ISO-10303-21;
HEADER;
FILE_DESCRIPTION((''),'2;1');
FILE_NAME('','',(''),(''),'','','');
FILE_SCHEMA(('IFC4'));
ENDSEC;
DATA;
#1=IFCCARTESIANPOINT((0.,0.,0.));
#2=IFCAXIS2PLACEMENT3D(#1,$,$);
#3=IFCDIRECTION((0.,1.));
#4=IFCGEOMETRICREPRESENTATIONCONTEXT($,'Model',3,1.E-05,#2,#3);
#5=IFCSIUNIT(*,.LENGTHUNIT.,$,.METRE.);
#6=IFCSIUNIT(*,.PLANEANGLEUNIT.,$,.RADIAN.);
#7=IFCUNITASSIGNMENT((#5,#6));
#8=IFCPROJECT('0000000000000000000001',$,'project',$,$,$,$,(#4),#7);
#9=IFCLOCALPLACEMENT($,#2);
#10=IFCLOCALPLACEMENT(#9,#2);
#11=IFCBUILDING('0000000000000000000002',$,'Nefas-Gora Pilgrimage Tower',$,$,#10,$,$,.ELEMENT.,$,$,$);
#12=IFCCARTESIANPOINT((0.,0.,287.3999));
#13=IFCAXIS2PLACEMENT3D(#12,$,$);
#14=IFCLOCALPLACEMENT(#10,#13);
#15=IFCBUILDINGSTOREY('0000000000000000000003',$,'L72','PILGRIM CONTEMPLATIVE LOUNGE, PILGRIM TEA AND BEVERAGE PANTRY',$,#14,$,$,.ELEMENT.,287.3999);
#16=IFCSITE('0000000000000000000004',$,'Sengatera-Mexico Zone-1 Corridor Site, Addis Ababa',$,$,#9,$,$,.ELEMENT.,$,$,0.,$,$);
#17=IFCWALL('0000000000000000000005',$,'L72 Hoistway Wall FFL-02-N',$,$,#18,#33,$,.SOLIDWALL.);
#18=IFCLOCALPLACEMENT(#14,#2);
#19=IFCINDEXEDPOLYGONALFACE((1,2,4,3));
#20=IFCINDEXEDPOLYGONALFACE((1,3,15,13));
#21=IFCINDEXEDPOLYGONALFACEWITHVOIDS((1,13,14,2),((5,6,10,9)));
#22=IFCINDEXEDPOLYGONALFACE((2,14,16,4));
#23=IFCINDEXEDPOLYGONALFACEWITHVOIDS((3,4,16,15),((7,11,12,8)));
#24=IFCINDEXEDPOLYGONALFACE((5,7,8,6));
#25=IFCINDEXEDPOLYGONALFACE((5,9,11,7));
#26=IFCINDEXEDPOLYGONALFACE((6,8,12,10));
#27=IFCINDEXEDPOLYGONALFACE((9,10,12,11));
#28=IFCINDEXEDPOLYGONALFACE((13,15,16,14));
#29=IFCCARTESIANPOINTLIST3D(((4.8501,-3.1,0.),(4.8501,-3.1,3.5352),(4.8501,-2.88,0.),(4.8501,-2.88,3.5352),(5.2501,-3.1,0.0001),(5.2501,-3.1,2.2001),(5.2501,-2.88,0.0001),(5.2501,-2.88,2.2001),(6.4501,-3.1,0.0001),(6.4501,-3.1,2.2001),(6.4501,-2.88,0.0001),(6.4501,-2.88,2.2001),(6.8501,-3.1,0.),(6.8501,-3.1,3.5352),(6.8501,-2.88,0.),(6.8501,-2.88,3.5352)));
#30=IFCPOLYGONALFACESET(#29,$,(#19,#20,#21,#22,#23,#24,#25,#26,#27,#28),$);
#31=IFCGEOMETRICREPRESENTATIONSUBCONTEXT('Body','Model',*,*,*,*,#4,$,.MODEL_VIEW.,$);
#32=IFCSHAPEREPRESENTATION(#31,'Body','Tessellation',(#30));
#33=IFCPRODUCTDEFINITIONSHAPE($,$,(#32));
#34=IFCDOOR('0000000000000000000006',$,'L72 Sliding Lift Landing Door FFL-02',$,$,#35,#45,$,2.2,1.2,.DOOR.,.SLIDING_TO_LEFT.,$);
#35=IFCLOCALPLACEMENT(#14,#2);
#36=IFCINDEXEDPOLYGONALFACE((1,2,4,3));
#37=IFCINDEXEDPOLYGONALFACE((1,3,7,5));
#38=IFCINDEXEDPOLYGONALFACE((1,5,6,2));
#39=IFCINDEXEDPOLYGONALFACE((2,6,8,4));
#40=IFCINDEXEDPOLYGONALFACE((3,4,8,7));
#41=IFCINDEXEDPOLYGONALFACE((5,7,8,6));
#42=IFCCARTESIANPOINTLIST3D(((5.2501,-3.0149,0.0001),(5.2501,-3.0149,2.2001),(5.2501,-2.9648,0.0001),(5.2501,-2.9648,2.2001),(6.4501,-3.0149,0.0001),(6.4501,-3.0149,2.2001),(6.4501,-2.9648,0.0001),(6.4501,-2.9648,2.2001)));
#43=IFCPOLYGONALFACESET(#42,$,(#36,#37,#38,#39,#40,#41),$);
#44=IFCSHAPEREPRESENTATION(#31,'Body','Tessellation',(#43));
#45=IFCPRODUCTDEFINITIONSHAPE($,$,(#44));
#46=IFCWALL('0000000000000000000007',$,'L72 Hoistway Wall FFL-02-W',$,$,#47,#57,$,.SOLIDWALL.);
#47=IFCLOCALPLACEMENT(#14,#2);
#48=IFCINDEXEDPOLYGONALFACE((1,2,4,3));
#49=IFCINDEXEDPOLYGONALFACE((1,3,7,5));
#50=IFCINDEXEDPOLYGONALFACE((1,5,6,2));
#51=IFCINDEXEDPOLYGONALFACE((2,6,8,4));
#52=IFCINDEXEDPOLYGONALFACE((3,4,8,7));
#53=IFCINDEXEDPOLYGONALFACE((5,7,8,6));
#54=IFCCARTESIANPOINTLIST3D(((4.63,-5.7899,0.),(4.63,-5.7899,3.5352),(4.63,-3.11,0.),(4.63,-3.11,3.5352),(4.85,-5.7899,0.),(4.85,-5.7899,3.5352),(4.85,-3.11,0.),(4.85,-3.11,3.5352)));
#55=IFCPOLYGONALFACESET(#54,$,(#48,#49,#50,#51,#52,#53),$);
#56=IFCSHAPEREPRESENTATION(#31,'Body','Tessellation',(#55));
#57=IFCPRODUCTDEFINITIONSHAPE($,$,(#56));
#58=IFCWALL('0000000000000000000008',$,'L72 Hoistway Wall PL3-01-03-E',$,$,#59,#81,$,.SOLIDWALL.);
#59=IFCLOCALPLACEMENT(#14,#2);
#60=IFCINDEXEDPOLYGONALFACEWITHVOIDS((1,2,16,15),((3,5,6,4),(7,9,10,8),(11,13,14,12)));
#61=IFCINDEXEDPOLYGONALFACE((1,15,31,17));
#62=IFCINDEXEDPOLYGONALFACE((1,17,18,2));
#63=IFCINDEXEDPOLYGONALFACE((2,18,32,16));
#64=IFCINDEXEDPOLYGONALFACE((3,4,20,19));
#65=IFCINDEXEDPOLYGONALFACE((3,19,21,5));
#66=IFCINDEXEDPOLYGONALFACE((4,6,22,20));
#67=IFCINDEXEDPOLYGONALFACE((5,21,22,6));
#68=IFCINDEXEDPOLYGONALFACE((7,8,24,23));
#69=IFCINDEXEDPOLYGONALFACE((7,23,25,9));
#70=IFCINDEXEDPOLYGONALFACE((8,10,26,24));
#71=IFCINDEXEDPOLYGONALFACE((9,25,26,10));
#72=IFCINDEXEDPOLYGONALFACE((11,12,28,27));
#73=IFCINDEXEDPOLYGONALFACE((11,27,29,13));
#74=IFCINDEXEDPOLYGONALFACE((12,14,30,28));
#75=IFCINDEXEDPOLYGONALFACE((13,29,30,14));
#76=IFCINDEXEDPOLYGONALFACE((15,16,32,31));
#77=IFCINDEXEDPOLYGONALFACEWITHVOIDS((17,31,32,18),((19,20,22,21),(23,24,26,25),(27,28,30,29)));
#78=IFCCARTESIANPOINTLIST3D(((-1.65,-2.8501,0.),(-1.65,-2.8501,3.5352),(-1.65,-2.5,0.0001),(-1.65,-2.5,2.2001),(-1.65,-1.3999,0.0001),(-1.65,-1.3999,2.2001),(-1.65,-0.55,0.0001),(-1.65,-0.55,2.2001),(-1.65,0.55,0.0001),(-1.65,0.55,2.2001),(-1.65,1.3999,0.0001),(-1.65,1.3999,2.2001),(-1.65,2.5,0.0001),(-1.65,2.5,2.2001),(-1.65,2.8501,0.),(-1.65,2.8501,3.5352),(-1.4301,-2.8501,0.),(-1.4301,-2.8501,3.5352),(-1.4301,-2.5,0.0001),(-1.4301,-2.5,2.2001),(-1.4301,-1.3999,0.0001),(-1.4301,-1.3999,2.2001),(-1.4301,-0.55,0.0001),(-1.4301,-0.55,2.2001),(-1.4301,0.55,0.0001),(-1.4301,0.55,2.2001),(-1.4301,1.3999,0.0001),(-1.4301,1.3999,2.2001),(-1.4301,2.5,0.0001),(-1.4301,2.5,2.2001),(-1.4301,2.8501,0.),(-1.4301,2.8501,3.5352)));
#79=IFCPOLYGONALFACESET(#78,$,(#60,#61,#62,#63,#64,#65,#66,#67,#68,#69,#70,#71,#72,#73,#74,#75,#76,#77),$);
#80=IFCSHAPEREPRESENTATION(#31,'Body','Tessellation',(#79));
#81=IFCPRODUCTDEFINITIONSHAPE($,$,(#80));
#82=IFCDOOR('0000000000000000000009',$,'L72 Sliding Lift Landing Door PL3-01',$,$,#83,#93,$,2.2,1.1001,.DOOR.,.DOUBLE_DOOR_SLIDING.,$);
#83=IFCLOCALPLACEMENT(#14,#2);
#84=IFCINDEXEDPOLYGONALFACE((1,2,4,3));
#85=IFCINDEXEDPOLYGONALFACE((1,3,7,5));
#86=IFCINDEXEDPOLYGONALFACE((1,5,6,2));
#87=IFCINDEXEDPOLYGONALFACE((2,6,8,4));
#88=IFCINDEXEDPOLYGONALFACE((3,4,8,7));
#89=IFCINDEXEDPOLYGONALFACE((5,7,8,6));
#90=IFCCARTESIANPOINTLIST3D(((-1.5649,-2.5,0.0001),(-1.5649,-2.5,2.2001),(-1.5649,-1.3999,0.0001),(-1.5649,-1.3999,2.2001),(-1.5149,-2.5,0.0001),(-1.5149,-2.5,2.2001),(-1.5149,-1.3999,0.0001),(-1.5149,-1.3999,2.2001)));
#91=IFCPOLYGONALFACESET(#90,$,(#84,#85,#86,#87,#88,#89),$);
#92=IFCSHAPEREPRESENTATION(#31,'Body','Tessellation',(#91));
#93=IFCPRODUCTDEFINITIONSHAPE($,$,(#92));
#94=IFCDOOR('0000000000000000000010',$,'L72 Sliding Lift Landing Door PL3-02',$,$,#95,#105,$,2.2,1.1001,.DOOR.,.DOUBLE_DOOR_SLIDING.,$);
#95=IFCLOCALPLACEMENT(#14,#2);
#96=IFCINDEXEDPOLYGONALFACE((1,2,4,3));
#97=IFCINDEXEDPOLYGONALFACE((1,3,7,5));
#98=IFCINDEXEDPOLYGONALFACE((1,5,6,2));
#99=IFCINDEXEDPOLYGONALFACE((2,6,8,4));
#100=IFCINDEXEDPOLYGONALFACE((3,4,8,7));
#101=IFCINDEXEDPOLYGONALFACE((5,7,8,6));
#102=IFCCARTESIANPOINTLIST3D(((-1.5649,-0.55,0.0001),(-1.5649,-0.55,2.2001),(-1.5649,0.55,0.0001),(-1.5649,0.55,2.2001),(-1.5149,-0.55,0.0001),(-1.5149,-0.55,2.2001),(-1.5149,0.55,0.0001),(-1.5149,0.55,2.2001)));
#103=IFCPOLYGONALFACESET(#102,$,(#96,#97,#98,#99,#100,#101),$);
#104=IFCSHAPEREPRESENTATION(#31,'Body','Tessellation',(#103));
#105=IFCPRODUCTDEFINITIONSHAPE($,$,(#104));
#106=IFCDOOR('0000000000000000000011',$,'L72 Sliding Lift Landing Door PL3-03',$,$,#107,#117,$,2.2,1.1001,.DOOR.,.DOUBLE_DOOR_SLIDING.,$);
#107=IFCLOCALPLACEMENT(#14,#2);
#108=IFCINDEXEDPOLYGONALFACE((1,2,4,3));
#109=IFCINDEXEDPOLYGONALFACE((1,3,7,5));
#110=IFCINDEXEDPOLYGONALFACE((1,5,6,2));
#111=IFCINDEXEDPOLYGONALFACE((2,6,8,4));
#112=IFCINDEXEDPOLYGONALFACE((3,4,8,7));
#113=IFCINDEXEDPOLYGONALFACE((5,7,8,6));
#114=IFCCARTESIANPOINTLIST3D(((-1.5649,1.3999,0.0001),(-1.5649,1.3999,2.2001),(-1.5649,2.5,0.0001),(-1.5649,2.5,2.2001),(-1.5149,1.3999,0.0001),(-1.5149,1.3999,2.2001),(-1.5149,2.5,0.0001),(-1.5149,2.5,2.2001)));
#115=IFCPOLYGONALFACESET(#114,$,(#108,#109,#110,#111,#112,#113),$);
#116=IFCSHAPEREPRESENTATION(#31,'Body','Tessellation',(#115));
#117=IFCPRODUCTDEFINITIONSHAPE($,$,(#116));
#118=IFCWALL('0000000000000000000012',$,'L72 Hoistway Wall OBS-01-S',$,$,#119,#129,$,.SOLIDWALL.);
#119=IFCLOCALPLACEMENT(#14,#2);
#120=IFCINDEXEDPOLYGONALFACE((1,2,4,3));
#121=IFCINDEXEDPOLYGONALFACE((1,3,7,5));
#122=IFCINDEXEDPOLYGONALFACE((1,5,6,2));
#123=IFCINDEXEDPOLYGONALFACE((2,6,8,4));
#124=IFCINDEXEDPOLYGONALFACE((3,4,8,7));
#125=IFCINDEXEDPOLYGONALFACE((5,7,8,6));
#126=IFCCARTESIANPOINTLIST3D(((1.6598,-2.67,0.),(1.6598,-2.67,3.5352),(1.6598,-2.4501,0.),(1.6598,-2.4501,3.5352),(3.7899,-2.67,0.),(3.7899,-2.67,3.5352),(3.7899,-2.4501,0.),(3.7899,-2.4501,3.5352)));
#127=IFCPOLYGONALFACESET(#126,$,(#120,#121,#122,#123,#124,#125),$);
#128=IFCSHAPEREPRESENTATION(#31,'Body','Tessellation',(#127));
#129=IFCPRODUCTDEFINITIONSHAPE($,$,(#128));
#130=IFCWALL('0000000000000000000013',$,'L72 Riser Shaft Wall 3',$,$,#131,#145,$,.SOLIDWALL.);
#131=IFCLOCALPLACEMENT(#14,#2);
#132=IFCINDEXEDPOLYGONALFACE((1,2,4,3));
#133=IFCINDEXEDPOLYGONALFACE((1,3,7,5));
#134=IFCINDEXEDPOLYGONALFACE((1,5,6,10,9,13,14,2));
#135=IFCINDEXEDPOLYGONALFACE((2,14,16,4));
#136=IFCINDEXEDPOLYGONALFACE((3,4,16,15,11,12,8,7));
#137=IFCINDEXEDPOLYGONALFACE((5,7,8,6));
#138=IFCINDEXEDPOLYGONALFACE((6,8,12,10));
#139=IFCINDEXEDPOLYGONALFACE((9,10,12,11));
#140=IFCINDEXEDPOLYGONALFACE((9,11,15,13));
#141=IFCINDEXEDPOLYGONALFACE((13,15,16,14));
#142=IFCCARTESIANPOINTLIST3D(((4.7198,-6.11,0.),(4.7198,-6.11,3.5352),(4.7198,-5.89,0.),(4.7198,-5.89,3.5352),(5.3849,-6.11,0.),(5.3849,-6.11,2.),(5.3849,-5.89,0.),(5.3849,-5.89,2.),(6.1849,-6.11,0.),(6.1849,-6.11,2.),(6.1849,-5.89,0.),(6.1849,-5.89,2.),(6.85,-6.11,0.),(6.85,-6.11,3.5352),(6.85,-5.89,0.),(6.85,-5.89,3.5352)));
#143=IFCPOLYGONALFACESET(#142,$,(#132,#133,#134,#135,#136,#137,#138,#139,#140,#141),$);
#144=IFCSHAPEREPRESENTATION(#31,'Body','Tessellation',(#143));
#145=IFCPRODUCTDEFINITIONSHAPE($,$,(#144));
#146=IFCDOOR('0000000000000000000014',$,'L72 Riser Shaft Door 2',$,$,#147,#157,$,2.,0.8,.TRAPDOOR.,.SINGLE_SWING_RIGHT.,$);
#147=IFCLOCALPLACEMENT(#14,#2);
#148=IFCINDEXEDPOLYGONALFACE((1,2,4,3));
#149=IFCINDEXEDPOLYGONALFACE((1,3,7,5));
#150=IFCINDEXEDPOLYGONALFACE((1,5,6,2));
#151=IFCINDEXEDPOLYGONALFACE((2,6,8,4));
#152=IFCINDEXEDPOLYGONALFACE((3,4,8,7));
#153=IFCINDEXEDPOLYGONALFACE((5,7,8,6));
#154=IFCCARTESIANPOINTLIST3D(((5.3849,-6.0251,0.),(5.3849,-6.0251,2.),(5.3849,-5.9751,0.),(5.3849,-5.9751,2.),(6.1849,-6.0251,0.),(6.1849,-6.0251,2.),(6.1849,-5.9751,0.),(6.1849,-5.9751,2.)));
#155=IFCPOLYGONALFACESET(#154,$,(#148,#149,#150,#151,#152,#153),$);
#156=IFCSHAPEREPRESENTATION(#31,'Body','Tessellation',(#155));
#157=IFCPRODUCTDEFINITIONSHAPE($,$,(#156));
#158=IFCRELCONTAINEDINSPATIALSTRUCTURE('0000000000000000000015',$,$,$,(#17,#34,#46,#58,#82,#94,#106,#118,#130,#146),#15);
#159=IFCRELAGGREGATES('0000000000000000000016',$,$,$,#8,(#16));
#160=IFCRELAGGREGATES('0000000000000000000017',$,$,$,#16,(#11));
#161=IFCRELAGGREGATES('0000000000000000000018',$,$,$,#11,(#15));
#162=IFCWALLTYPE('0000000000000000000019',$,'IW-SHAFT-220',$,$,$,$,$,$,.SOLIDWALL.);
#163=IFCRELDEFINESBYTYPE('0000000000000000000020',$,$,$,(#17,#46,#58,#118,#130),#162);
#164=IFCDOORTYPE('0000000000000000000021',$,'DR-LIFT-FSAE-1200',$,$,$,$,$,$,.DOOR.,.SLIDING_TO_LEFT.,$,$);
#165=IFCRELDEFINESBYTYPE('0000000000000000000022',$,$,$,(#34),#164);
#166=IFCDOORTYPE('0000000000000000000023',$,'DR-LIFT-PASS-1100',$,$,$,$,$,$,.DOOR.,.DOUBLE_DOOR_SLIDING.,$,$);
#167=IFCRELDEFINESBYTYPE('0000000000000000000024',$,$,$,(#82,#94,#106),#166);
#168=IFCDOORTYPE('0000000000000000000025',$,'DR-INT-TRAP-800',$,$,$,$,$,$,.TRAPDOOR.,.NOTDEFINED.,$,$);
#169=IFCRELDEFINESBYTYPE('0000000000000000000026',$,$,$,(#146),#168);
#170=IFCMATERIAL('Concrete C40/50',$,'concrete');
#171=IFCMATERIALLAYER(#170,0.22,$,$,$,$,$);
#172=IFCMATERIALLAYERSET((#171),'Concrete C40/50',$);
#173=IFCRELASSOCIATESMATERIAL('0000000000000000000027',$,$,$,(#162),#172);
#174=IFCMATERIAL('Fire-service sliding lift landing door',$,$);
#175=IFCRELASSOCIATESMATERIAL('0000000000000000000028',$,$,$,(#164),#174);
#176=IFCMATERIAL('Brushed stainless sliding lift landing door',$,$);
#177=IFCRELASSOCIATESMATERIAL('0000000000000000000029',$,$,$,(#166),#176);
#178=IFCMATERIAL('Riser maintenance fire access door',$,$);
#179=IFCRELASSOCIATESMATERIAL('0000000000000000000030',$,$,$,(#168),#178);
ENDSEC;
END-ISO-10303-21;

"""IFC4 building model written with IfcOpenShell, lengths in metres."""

from ifc_helpers import new_model, si_unit, direction, frame, frame_2d, origin, place, context, subcontext, project, spatial, rectangle, extrude, source, transform, mapped, material, layer, layer_set, type_object, element, fill, save


model = new_model("IFC4")

# Units and contexts
model_context = context("Model", 3, precision=1e-05, world=origin(), true_north=direction((0.0, 1.0)))
body_context = subcontext(model_context, "Body", "Model", "MODEL_VIEW")
ifc_project = project(units=[si_unit("LENGTHUNIT", "METRE"), si_unit("PLANEANGLEUNIT", "RADIAN")], contexts=[model_context])

# Site, building, storey
site_placement = place(None, origin())
site = spatial("IfcSite", under=ifc_project, at=site_placement, Name="Sengatera-Mexico Zone-1 Corridor Site, Addis Ababa", CompositionType="ELEMENT", RefElevation=0.0)
building_placement = place(site_placement, origin())
building = spatial("IfcBuilding", under=site, at=building_placement, Name="Nefas-Gora Pilgrimage Tower", CompositionType="ELEMENT")
storey_placement = place(building_placement, frame((0.0, 0.0, 287.3999)))
storey = spatial("IfcBuildingStorey", under=building, at=storey_placement, Name="L72", Description="PILGRIM CONTEMPLATIVE LOUNGE, PILGRIM TEA AND BEVERAGE PANTRY", CompositionType="ELEMENT", Elevation=287.3999)

# Shared definitions
ifc_material_1 = material(Name="Concrete C40/50", Category="concrete")

# Wall, opening, door
ifc_layer_1 = layer(ifc_material_1, 0.22)
ifc_layer_set_1 = layer_set([ifc_layer_1], Name="Concrete C40/50")
wall_type_1 = type_object("IfcWallType", Name="IW-SHAFT-220", PredefinedType="SOLIDWALL", material=ifc_layer_set_1)
shared_shape_1 = source(origin(), body_context, "Body", "SweptSolid", [
    extrude(rectangle(XDim=2.0, YDim=0.22, at=frame_2d((1.0, 0.0))), origin(), (0.0, 0.0, 1.0), 3.5352),
])
wall_1_placement = place(storey_placement, frame((6.8501, -2.99, 0.0), z_axis=(0.0, 0.0, 1.0), x_axis=(-1.0, 0.0, 0.0)))
wall_1 = element("IfcWall", 1, at=wall_1_placement, inside=storey, type_object=wall_type_1, Name="L72 Hoistway Wall FFL-02-N", PredefinedType="SOLIDWALL", context=body_context, shape_type="MappedRepresentation", body=[
    mapped(shared_shape_1, transform((0.0, 0.0, 0.0), x_axis=(1.0, 0.0, 0.0), y_axis=(0.0, 1.0, 0.0), z_axis=(0.0, 0.0, 1.0), scale=1.0)),
])
opening_1_placement = place(wall_1_placement, frame((0.3999, 0.0, 0.0)))
opening_1 = element("IfcOpeningElement", 2, at=opening_1_placement, cuts=wall_1, PredefinedType="OPENING", context=body_context, shape_type="SweptSolid", body=[
    extrude(rectangle(XDim=1.2, YDim=2.2, at=frame_2d((0.6001, 1.1001))), frame((0.0, 0.1199, 0.0), z_axis=(0.0, -1.0, 0.0), x_axis=(1.0, 0.0, 0.0)), (0.0, 0.0, 1.0), 0.24),
])
ifc_material_2 = material(Name="Fire-service sliding lift landing door")
door_type_1 = type_object("IfcDoorType", Name="DR-LIFT-FSAE-1200", OperationType="SLIDING_TO_LEFT", PredefinedType="DOOR", material=ifc_material_2)
shared_shape_2 = source(origin(), body_context, "Body", "SweptSolid", [
    extrude(rectangle(XDim=1.2, YDim=2.2, at=frame_2d((0.6001, 1.1001))), frame((0.0, 0.0249, 0.0), z_axis=(0.0, -1.0, 0.0), x_axis=(1.0, 0.0, 0.0)), (0.0, 0.0, 1.0), 0.05),
])
door_1_placement = place(opening_1_placement, origin())
door_1 = element("IfcDoor", 3, at=door_1_placement, inside=storey, type_object=door_type_1, Name="L72 Sliding Lift Landing Door FFL-02", OperationType="SLIDING_TO_LEFT", OverallHeight=2.2, OverallWidth=1.2, PredefinedType="DOOR", context=body_context, shape_type="MappedRepresentation", body=[
    mapped(shared_shape_2, transform((0.0, 0.0, 0.0), x_axis=(1.0, 0.0, 0.0), y_axis=(0.0, 1.0, 0.0), z_axis=(0.0, 0.0, 1.0), scale=1.0)),
])
fill(opening_1, door_1)

# Wall
shared_shape_3 = source(origin(), body_context, "Body", "SweptSolid", [
    extrude(rectangle(XDim=2.6799, YDim=0.22, at=frame_2d((1.3398, 0.0))), origin(), (0.0, 0.0, 1.0), 3.5352),
])
wall_2_placement = place(storey_placement, frame((4.74, -3.1101, 0.0), z_axis=(0.0, 0.0, 1.0), x_axis=(0.0, -1.0, 0.0)))
element("IfcWall", 4, at=wall_2_placement, inside=storey, type_object=wall_type_1, Name="L72 Hoistway Wall FFL-02-W", PredefinedType="SOLIDWALL", context=body_context, shape_type="MappedRepresentation", body=[
    mapped(shared_shape_3, transform((0.0, 0.0, 0.0), x_axis=(1.0, 0.0, 0.0), y_axis=(0.0, 1.0, 0.0), z_axis=(0.0, 0.0, 1.0), scale=1.0)),
])

# Wall, openings, doors
shared_shape_4 = source(origin(), body_context, "Body", "SweptSolid", [
    extrude(rectangle(XDim=5.7002, YDim=0.22, at=frame_2d((2.8501, 0.0))), origin(), (0.0, 0.0, 1.0), 3.5352),
])
wall_3_placement = place(storey_placement, frame((-1.54, -2.8501, 0.0), z_axis=(0.0, 0.0, 1.0), x_axis=(0.0, 1.0, 0.0)))
wall_3 = element("IfcWall", 5, at=wall_3_placement, inside=storey, type_object=wall_type_1, Name="L72 Hoistway Wall PL3-01-03-E", PredefinedType="SOLIDWALL", context=body_context, shape_type="MappedRepresentation", body=[
    mapped(shared_shape_4, transform((0.0, 0.0, 0.0), x_axis=(1.0, 0.0, 0.0), y_axis=(0.0, 1.0, 0.0), z_axis=(0.0, 0.0, 1.0), scale=1.0)),
])
opening_2_placement = place(wall_3_placement, frame((0.3501, 0.0, 0.0)))
opening_2 = element("IfcOpeningElement", 6, at=opening_2_placement, cuts=wall_3, PredefinedType="OPENING", context=body_context, shape_type="SweptSolid", body=[
    extrude(rectangle(XDim=1.1001, YDim=2.2, at=frame_2d((0.55, 1.1001))), frame((0.0, 0.1199, 0.0), z_axis=(0.0, -1.0, 0.0), x_axis=(1.0, 0.0, 0.0)), (0.0, 0.0, 1.0), 0.24),
])
opening_3_placement = place(wall_3_placement, frame((2.3, 0.0, 0.0)))
opening_3 = element("IfcOpeningElement", 7, at=opening_3_placement, cuts=wall_3, PredefinedType="OPENING", context=body_context, shape_type="SweptSolid", body=[
    extrude(rectangle(XDim=1.1001, YDim=2.2, at=frame_2d((0.55, 1.1001))), frame((0.0, 0.1199, 0.0), z_axis=(0.0, -1.0, 0.0), x_axis=(1.0, 0.0, 0.0)), (0.0, 0.0, 1.0), 0.24),
])
opening_4_placement = place(wall_3_placement, frame((4.25, 0.0, 0.0)))
opening_4 = element("IfcOpeningElement", 8, at=opening_4_placement, cuts=wall_3, PredefinedType="OPENING", context=body_context, shape_type="SweptSolid", body=[
    extrude(rectangle(XDim=1.1001, YDim=2.2, at=frame_2d((0.55, 1.1001))), frame((0.0, 0.1199, 0.0), z_axis=(0.0, -1.0, 0.0), x_axis=(1.0, 0.0, 0.0)), (0.0, 0.0, 1.0), 0.24),
])
ifc_material_3 = material(Name="Brushed stainless sliding lift landing door")
door_type_2 = type_object("IfcDoorType", Name="DR-LIFT-PASS-1100", OperationType="DOUBLE_DOOR_SLIDING", PredefinedType="DOOR", material=ifc_material_3)
shared_shape_5 = source(origin(), body_context, "Body", "SweptSolid", [
    extrude(rectangle(XDim=1.1001, YDim=2.2, at=frame_2d((0.55, 1.1001))), frame((0.0, 0.0249, 0.0), z_axis=(0.0, -1.0, 0.0), x_axis=(1.0, 0.0, 0.0)), (0.0, 0.0, 1.0), 0.05),
])
door_2_placement = place(opening_2_placement, origin())
door_2 = element("IfcDoor", 9, at=door_2_placement, inside=storey, type_object=door_type_2, Name="L72 Sliding Lift Landing Door PL3-01", OperationType="DOUBLE_DOOR_SLIDING", OverallHeight=2.2, OverallWidth=1.1001, PredefinedType="DOOR", context=body_context, shape_type="MappedRepresentation", body=[
    mapped(shared_shape_5, transform((0.0, 0.0, 0.0), x_axis=(1.0, 0.0, 0.0), y_axis=(0.0, 1.0, 0.0), z_axis=(0.0, 0.0, 1.0), scale=1.0)),
])
fill(opening_2, door_2)
door_3_placement = place(opening_3_placement, origin())
door_3 = element("IfcDoor", 10, at=door_3_placement, inside=storey, type_object=door_type_2, Name="L72 Sliding Lift Landing Door PL3-02", OperationType="DOUBLE_DOOR_SLIDING", OverallHeight=2.2, OverallWidth=1.1001, PredefinedType="DOOR", context=body_context, shape_type="MappedRepresentation", body=[
    mapped(shared_shape_5, transform((0.0, 0.0, 0.0), x_axis=(1.0, 0.0, 0.0), y_axis=(0.0, 1.0, 0.0), z_axis=(0.0, 0.0, 1.0), scale=1.0)),
])
fill(opening_3, door_3)
door_4_placement = place(opening_4_placement, origin())
door_4 = element("IfcDoor", 11, at=door_4_placement, inside=storey, type_object=door_type_2, Name="L72 Sliding Lift Landing Door PL3-03", OperationType="DOUBLE_DOOR_SLIDING", OverallHeight=2.2, OverallWidth=1.1001, PredefinedType="DOOR", context=body_context, shape_type="MappedRepresentation", body=[
    mapped(shared_shape_5, transform((0.0, 0.0, 0.0), x_axis=(1.0, 0.0, 0.0), y_axis=(0.0, 1.0, 0.0), z_axis=(0.0, 0.0, 1.0), scale=1.0)),
])
fill(opening_4, door_4)

# Wall
shared_shape_6 = source(origin(), body_context, "Body", "SweptSolid", [
    extrude(rectangle(XDim=2.1301, YDim=0.22, at=frame_2d((1.0649, 0.0))), origin(), (0.0, 0.0, 1.0), 3.5352),
])
wall_4_placement = place(storey_placement, frame((1.6599, -2.5601, 0.0), z_axis=(0.0, 0.0, 1.0), x_axis=(1.0, 0.0, 0.0)))
element("IfcWall", 12, at=wall_4_placement, inside=storey, type_object=wall_type_1, Name="L72 Hoistway Wall OBS-01-S", PredefinedType="SOLIDWALL", context=body_context, shape_type="MappedRepresentation", body=[
    mapped(shared_shape_6, transform((0.0, 0.0, 0.0), x_axis=(1.0, 0.0, 0.0), y_axis=(0.0, 1.0, 0.0), z_axis=(0.0, 0.0, 1.0), scale=1.0)),
])

# Wall, opening, door
wall_5_placement = place(storey_placement, frame((4.72, -6.0, 0.0), z_axis=(0.0, 0.0, 1.0), x_axis=(1.0, 0.0, 0.0)))
wall_5 = element("IfcWall", 13, at=wall_5_placement, inside=storey, type_object=wall_type_1, Name="L72 Riser Shaft Wall 3", PredefinedType="SOLIDWALL", context=body_context, shape_type="MappedRepresentation", body=[
    mapped(shared_shape_6, transform((0.0, 0.0, 0.0), x_axis=(1.0, 0.0, 0.0), y_axis=(0.0, 1.0, 0.0), z_axis=(0.0, 0.0, 1.0), scale=1.0)),
])
opening_5_placement = place(wall_5_placement, frame((0.665, 0.0, 0.0)))
opening_5 = element("IfcOpeningElement", 14, at=opening_5_placement, cuts=wall_5, PredefinedType="OPENING", context=body_context, shape_type="SweptSolid", body=[
    extrude(rectangle(XDim=0.8, YDim=2.0, at=frame_2d((0.3999, 1.0))), frame((0.0, 0.1199, 0.0), z_axis=(0.0, -1.0, 0.0), x_axis=(1.0, 0.0, 0.0)), (0.0, 0.0, 1.0), 0.24),
])
ifc_material_4 = material(Name="Riser maintenance fire access door")
door_type_3 = type_object("IfcDoorType", Name="DR-INT-TRAP-800", OperationType="NOTDEFINED", PredefinedType="TRAPDOOR", material=ifc_material_4)
shared_shape_7 = source(origin(), body_context, "Body", "SweptSolid", [
    extrude(rectangle(XDim=0.8, YDim=2.0, at=frame_2d((0.3999, 1.0))), frame((0.0, 0.0249, 0.0), z_axis=(0.0, -1.0, 0.0), x_axis=(1.0, 0.0, 0.0)), (0.0, 0.0, 1.0), 0.05),
])
door_5_placement = place(opening_5_placement, origin())
door_5 = element("IfcDoor", 15, at=door_5_placement, inside=storey, type_object=door_type_3, Name="L72 Riser Shaft Door 2", OperationType="SINGLE_SWING_RIGHT", OverallHeight=2.0, OverallWidth=0.8, PredefinedType="TRAPDOOR", context=body_context, shape_type="MappedRepresentation", body=[
    mapped(shared_shape_7, transform((0.0, 0.0, 0.0), x_axis=(1.0, 0.0, 0.0), y_axis=(0.0, 1.0, 0.0), z_axis=(0.0, 0.0, 1.0), scale=1.0)),
])
fill(opening_5, door_5)

save(model, "model.ifc")
